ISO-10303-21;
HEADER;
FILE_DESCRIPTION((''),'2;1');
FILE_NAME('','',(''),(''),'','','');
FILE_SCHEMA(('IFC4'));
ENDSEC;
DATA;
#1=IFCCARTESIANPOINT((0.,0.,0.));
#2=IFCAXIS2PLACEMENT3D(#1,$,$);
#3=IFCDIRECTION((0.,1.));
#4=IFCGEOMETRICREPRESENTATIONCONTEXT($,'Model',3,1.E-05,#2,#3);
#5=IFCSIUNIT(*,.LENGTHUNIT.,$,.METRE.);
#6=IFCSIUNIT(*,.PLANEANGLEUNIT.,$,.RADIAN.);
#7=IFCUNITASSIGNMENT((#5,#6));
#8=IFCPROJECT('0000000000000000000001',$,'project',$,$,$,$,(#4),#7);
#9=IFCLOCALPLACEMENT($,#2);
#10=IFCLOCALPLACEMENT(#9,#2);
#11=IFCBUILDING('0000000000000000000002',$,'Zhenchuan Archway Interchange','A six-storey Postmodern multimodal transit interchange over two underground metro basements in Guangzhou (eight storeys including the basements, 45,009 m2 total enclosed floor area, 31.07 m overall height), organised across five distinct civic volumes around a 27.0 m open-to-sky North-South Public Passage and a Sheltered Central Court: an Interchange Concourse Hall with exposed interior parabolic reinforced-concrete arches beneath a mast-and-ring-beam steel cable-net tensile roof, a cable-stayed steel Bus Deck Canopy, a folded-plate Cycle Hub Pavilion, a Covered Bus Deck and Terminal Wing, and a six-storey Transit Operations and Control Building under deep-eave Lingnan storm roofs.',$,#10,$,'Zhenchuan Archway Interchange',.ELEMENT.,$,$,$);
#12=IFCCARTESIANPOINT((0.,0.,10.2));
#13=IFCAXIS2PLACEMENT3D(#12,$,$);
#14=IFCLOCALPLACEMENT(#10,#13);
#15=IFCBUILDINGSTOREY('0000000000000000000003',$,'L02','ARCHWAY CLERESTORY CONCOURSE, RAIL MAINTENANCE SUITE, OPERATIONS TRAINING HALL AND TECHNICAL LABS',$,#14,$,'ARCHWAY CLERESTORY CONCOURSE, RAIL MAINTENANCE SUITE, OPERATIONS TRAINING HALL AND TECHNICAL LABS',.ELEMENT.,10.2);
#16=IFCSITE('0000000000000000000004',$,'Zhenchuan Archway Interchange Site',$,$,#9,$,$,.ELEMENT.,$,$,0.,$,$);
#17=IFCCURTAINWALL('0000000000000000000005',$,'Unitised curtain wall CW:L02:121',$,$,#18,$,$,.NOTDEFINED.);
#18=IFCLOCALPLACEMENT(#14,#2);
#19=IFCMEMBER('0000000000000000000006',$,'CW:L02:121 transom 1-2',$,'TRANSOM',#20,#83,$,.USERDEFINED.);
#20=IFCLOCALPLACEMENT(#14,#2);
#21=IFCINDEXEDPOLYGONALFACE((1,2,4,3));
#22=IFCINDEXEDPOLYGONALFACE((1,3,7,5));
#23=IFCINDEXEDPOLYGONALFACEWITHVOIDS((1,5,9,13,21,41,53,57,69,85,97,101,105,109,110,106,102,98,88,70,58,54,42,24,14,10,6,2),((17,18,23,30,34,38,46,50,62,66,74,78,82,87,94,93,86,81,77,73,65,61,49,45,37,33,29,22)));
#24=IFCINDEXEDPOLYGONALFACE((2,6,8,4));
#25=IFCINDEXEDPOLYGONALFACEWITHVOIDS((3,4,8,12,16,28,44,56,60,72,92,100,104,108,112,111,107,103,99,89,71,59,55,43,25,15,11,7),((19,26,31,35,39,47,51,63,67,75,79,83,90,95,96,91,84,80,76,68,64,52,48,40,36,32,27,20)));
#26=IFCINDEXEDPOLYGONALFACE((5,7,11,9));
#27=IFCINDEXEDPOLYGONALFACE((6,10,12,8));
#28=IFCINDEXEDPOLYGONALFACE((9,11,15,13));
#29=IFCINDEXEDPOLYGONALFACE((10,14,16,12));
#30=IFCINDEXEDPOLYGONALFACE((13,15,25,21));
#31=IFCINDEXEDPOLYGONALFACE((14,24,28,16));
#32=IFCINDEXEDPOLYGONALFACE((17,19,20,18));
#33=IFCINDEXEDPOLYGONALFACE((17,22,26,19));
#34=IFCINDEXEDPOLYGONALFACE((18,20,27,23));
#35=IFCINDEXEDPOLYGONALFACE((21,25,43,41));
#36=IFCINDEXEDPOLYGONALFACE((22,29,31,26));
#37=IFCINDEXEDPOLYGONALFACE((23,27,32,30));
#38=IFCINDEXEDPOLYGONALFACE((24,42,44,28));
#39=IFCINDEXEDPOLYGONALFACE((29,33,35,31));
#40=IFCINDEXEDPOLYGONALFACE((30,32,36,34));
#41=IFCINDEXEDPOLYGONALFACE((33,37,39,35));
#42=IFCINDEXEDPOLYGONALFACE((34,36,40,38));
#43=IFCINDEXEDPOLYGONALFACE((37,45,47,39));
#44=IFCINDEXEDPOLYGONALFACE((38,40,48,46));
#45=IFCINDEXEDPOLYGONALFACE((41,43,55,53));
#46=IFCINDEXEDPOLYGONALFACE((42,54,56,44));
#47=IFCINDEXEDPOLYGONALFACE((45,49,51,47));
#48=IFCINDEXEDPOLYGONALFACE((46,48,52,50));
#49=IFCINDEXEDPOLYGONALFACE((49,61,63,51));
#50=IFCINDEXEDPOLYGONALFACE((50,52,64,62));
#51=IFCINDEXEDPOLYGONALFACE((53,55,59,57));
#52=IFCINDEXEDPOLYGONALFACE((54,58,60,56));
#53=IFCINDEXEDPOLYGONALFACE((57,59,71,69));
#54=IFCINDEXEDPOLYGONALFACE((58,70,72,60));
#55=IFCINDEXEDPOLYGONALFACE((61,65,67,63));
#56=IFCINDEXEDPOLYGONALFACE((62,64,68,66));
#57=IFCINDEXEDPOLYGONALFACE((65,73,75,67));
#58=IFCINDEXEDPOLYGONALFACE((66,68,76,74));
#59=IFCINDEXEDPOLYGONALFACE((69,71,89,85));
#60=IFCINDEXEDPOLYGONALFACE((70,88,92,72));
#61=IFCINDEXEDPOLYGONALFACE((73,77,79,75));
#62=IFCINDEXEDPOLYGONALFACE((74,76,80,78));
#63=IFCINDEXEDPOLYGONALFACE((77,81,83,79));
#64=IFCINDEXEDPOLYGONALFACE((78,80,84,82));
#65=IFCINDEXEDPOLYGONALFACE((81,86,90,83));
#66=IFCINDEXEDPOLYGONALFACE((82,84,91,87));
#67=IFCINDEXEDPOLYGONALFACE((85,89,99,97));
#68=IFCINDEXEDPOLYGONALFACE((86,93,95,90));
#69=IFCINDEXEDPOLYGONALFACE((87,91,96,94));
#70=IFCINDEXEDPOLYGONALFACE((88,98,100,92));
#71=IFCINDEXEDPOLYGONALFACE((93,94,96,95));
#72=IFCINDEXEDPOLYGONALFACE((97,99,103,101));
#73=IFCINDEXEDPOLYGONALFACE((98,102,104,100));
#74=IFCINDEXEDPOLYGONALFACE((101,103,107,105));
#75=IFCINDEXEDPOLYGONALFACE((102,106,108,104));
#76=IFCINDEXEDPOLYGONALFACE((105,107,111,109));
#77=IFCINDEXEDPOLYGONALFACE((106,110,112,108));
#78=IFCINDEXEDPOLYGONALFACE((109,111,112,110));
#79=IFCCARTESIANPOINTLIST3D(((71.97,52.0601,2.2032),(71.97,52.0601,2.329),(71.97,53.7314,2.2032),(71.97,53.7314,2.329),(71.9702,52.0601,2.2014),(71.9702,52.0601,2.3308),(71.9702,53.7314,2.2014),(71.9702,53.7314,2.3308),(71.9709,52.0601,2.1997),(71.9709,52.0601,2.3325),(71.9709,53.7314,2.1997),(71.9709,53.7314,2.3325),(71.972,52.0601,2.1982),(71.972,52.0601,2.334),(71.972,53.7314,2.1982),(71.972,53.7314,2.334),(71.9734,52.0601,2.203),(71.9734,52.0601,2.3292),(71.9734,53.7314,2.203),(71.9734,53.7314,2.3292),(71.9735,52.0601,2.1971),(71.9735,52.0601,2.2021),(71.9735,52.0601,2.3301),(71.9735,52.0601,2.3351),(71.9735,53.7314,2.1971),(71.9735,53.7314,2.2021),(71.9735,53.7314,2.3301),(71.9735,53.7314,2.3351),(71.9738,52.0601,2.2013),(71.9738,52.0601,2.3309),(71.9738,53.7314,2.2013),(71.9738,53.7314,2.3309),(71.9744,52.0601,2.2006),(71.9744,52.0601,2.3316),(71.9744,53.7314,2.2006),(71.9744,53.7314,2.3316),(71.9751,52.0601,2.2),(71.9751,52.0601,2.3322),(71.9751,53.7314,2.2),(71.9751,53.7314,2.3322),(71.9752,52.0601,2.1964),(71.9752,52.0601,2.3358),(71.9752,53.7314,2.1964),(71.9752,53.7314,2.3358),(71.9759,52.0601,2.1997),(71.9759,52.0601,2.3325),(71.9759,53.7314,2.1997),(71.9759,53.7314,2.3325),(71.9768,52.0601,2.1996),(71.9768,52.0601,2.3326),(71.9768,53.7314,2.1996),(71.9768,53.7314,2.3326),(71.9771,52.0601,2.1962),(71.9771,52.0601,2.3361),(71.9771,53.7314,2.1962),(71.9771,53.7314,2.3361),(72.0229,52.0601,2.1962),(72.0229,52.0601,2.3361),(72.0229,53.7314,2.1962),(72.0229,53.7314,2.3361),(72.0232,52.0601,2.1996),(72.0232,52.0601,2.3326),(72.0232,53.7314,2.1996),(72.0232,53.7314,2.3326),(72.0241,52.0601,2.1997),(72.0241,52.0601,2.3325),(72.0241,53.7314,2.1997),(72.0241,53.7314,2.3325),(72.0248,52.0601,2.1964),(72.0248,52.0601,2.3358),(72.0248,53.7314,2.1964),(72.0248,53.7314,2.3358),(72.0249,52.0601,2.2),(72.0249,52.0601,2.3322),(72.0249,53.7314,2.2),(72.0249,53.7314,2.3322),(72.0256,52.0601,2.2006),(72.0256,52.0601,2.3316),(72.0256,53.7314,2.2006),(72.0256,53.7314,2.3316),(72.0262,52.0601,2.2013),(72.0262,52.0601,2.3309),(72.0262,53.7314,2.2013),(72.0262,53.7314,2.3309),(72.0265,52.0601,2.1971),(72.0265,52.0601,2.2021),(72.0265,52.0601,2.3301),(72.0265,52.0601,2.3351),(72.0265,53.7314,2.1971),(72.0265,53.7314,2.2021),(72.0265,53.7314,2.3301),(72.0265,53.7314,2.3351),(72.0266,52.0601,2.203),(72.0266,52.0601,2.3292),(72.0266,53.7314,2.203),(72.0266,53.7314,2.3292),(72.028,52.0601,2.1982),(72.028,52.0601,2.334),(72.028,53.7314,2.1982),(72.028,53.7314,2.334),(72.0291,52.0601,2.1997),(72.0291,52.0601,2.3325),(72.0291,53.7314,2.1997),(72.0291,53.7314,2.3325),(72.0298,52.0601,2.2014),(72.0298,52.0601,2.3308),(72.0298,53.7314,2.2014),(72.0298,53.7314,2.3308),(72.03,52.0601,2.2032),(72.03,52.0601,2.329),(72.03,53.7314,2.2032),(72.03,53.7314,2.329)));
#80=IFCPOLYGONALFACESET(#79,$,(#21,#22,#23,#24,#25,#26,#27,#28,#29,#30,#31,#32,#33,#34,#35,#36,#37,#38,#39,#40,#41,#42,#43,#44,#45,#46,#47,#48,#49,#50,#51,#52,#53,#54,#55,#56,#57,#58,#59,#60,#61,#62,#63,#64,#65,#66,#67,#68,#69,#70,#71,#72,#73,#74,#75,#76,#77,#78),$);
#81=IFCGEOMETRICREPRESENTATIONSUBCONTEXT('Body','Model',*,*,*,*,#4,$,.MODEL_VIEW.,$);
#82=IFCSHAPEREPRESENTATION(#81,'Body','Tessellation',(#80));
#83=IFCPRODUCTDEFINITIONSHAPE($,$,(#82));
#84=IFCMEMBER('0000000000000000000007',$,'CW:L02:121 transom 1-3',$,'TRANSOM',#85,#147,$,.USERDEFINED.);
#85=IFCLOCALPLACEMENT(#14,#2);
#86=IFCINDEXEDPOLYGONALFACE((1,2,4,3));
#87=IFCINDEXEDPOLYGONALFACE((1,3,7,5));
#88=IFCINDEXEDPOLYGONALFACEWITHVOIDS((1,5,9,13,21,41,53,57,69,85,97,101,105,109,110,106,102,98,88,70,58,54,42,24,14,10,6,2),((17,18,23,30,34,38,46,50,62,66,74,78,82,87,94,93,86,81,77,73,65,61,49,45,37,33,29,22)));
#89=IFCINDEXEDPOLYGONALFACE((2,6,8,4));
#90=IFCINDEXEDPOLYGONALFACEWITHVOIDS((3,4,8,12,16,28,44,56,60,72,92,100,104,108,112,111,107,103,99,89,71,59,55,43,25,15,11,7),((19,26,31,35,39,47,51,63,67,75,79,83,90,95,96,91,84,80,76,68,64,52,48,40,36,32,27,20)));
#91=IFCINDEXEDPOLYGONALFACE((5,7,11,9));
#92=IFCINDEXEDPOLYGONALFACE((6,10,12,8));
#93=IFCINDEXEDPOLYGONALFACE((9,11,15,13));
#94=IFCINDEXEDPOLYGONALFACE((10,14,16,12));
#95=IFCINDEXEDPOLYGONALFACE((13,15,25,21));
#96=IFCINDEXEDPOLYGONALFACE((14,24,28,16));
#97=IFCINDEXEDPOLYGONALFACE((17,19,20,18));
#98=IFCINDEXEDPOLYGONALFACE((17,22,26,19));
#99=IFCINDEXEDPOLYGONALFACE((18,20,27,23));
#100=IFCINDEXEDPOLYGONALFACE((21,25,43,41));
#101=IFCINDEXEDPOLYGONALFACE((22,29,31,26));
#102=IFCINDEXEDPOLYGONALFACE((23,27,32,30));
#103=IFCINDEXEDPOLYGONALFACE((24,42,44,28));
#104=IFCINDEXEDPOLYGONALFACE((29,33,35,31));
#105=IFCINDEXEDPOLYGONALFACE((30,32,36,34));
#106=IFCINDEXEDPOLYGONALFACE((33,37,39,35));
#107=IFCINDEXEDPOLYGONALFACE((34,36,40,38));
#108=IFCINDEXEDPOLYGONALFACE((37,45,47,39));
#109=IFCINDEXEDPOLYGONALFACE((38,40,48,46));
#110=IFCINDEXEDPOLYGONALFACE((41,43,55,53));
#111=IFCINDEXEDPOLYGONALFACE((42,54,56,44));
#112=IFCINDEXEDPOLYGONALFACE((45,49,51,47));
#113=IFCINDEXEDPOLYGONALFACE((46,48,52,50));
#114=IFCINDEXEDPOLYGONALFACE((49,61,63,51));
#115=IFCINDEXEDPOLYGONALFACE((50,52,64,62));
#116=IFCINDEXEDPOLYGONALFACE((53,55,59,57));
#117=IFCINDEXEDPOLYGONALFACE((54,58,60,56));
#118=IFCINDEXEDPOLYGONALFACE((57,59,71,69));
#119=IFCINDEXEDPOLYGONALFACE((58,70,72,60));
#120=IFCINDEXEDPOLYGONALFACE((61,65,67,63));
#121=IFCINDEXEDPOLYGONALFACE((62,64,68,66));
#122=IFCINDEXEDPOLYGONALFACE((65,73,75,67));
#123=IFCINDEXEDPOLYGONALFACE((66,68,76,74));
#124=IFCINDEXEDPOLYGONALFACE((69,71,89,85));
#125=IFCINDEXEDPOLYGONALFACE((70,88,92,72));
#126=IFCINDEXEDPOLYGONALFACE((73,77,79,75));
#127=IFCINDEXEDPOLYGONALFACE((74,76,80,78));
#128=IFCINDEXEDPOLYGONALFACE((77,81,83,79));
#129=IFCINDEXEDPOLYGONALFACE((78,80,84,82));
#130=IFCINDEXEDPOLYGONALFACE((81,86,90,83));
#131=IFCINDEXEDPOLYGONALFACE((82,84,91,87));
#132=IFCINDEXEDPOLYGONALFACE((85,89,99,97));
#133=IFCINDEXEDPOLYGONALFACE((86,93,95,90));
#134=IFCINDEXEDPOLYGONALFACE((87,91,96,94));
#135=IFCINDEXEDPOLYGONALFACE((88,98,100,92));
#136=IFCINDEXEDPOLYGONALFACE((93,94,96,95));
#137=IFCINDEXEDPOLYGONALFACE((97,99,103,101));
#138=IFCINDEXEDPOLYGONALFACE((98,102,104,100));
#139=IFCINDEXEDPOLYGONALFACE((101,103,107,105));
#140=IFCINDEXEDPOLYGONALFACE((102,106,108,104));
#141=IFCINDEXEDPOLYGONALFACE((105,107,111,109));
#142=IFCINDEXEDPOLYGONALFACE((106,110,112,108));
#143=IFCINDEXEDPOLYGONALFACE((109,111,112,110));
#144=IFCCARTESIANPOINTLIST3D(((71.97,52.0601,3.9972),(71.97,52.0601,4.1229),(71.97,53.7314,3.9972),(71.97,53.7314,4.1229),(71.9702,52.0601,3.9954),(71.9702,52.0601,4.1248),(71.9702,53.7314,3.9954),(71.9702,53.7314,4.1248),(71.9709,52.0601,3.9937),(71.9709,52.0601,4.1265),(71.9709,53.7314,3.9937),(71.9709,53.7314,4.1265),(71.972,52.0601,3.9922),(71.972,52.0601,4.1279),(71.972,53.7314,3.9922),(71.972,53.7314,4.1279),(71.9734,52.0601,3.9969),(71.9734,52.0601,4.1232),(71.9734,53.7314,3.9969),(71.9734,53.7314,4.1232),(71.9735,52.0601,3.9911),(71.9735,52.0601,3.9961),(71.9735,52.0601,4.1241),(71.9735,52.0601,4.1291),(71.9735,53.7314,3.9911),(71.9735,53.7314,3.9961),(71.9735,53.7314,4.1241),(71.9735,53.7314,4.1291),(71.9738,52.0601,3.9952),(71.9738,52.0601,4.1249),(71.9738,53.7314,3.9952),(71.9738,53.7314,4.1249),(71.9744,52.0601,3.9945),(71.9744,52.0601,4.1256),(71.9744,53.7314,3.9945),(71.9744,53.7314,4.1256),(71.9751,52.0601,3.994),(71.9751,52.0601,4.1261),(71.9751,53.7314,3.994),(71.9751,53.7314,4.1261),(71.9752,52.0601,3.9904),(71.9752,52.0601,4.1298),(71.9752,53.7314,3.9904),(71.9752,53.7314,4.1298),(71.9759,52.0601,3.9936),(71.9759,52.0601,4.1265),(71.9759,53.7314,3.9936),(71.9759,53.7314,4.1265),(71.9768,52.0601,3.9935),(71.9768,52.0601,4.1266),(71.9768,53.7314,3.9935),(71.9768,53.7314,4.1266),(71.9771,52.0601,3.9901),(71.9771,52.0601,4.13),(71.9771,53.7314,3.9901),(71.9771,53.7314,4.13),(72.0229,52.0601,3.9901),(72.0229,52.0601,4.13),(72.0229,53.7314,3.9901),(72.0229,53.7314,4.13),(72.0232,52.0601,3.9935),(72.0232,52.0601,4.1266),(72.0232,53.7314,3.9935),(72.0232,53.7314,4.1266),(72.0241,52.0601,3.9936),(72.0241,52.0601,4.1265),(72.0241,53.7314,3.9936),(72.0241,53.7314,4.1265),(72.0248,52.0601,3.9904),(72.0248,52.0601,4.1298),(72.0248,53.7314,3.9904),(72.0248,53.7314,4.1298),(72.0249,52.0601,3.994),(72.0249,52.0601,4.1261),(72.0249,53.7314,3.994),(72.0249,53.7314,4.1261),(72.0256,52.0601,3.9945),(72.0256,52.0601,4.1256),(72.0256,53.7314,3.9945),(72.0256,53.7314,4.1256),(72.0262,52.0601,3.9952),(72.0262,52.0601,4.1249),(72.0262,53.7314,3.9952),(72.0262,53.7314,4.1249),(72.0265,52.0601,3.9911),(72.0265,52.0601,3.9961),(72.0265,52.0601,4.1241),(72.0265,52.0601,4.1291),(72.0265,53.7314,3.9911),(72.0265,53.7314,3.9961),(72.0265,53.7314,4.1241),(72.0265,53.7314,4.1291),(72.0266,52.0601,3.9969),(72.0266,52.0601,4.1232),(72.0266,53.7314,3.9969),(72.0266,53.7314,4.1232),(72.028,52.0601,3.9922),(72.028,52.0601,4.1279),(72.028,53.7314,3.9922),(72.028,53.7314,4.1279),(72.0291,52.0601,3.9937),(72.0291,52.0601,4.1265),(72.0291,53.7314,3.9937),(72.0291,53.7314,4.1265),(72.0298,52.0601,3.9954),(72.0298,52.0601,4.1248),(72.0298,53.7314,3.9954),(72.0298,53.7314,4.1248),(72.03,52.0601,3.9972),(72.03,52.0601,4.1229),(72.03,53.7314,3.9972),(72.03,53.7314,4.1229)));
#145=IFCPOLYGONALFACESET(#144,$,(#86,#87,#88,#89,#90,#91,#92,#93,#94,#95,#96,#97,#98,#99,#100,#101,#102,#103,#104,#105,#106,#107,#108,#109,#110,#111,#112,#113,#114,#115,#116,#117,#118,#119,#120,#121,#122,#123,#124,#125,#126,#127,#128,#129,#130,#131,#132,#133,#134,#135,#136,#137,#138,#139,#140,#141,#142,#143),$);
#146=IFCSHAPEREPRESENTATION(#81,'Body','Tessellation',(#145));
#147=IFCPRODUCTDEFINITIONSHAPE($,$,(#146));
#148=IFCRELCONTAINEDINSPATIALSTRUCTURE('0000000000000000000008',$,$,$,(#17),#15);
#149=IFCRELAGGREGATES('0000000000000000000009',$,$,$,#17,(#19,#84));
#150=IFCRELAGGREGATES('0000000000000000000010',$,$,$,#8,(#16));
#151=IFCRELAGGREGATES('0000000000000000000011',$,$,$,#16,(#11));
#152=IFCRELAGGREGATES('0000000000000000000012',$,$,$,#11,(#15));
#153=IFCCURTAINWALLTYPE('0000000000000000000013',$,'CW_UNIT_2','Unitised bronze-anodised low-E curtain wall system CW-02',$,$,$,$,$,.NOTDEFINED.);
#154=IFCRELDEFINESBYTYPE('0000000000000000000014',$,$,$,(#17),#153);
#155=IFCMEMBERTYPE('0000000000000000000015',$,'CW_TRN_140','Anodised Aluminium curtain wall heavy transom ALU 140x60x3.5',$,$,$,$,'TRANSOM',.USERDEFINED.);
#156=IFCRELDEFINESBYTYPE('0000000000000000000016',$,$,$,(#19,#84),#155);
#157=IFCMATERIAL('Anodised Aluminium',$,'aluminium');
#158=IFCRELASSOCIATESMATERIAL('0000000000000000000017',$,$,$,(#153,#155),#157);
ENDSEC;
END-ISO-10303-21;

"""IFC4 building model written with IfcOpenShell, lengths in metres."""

from ifc_helpers import new_model, si_unit, direction, frame, origin, origin_2d, place, context, subcontext, project, spatial, hollow_rectangle, extrude, material, material_profile, profile_set, type_object, element, aggregate, save


model = new_model("IFC4")

# Units and contexts
model_context = context("Model", 3, precision=1e-05, world=origin(), true_north=direction((0.0, 1.0)))
body_context = subcontext(model_context, "Body", "Model", "MODEL_VIEW")
ifc_project = project(units=[si_unit("LENGTHUNIT", "METRE"), si_unit("PLANEANGLEUNIT", "RADIAN")], contexts=[model_context])

# Site, building, storey
site_placement = place(None, origin())
site = spatial("IfcSite", under=ifc_project, at=site_placement, Name="Zhenchuan Archway Interchange Site", CompositionType="ELEMENT", RefElevation=0.0)
building_placement = place(site_placement, origin())
building = spatial("IfcBuilding", under=site, at=building_placement, Name="Zhenchuan Archway Interchange", Description="A six-storey Postmodern multimodal transit interchange over two underground metro basements in Guangzhou (eight storeys including the basements, 45,009 m2 total enclosed floor area, 31.07 m overall height), organised across five distinct civic volumes around a 27.0 m open-to-sky North-South Public Passage and a Sheltered Central Court: an Interchange Concourse Hall with exposed interior parabolic reinforced-concrete arches beneath a mast-and-ring-beam steel cable-net tensile roof, a cable-stayed steel Bus Deck Canopy, a folded-plate Cycle Hub Pavilion, a Covered Bus Deck and Terminal Wing, and a six-storey Transit Operations and Control Building under deep-eave Lingnan storm roofs.", LongName="Zhenchuan Archway Interchange", CompositionType="ELEMENT")
storey_placement = place(building_placement, frame((0.0, 0.0, 10.2)))
storey = spatial("IfcBuildingStorey", under=building, at=storey_placement, Name="L02", Description="ARCHWAY CLERESTORY CONCOURSE, RAIL MAINTENANCE SUITE, OPERATIONS TRAINING HALL AND TECHNICAL LABS", LongName="ARCHWAY CLERESTORY CONCOURSE, RAIL MAINTENANCE SUITE, OPERATIONS TRAINING HALL AND TECHNICAL LABS", CompositionType="ELEMENT", Elevation=10.2)

# Curtain wall, members
ifc_material_1 = material(Name="Anodised Aluminium", Category="aluminium")
curtain_wall_type = type_object("IfcCurtainWallType", Name="CW_UNIT_2", Description="Unitised bronze-anodised low-E curtain wall system CW-02", PredefinedType="NOTDEFINED", material=ifc_material_1)
curtain_wall_placement = place(storey_placement, origin())
curtain_wall = element("IfcCurtainWall", 1, at=curtain_wall_placement, inside=storey, type_object=curtain_wall_type, Name="Unitised curtain wall CW:L02:121", PredefinedType="NOTDEFINED")
ifc_material_profile_1 = material_profile(ifc_material_1, hollow_rectangle(XDim=0.0601, YDim=0.1399, WallThickness=0.0034, InnerFilletRadius=0.0034, OuterFilletRadius=0.0071, at=origin_2d()), Name="ALU 140x60x3.5")
ifc_profile_set_1 = profile_set([ifc_material_profile_1], Name="Anodised Aluminium")
member_type_1 = type_object("IfcMemberType", Name="CW_TRN_140", Description="Anodised Aluminium curtain wall heavy transom ALU 140x60x3.5", ElementType="TRANSOM", PredefinedType="USERDEFINED", material=ifc_profile_set_1)
member_1_placement = place(storey_placement, frame((72.0, 53.7314, 2.2661), z_axis=(0.0, -1.0, 0.0), x_axis=(1.0, 0.0, 0.0)))
member_1 = element("IfcMember", 2, at=member_1_placement, type_object=member_type_1, Name="CW:L02:121 transom 1-2", ObjectType="TRANSOM", PredefinedType="USERDEFINED", context=body_context, shape_type="SweptSolid", body=[
    extrude(hollow_rectangle(XDim=0.0601, YDim=0.1399, WallThickness=0.0034, InnerFilletRadius=0.0034, OuterFilletRadius=0.0071, at=origin_2d()), origin(), (0.0, 0.0, 1.0), 1.6714),
])
member_2_placement = place(storey_placement, frame((72.0, 53.7314, 4.0601), z_axis=(0.0, -1.0, 0.0), x_axis=(1.0, 0.0, 0.0)))
member_2 = element("IfcMember", 3, at=member_2_placement, type_object=member_type_1, Name="CW:L02:121 transom 1-3", ObjectType="TRANSOM", PredefinedType="USERDEFINED", context=body_context, shape_type="SweptSolid", body=[
    extrude(hollow_rectangle(XDim=0.0601, YDim=0.1399, WallThickness=0.0034, InnerFilletRadius=0.0034, OuterFilletRadius=0.0071, at=origin_2d()), origin(), (0.0, 0.0, 1.0), 1.6714),
])

aggregate(curtain_wall, [member_1, member_2])

save(model, "model.ifc")
